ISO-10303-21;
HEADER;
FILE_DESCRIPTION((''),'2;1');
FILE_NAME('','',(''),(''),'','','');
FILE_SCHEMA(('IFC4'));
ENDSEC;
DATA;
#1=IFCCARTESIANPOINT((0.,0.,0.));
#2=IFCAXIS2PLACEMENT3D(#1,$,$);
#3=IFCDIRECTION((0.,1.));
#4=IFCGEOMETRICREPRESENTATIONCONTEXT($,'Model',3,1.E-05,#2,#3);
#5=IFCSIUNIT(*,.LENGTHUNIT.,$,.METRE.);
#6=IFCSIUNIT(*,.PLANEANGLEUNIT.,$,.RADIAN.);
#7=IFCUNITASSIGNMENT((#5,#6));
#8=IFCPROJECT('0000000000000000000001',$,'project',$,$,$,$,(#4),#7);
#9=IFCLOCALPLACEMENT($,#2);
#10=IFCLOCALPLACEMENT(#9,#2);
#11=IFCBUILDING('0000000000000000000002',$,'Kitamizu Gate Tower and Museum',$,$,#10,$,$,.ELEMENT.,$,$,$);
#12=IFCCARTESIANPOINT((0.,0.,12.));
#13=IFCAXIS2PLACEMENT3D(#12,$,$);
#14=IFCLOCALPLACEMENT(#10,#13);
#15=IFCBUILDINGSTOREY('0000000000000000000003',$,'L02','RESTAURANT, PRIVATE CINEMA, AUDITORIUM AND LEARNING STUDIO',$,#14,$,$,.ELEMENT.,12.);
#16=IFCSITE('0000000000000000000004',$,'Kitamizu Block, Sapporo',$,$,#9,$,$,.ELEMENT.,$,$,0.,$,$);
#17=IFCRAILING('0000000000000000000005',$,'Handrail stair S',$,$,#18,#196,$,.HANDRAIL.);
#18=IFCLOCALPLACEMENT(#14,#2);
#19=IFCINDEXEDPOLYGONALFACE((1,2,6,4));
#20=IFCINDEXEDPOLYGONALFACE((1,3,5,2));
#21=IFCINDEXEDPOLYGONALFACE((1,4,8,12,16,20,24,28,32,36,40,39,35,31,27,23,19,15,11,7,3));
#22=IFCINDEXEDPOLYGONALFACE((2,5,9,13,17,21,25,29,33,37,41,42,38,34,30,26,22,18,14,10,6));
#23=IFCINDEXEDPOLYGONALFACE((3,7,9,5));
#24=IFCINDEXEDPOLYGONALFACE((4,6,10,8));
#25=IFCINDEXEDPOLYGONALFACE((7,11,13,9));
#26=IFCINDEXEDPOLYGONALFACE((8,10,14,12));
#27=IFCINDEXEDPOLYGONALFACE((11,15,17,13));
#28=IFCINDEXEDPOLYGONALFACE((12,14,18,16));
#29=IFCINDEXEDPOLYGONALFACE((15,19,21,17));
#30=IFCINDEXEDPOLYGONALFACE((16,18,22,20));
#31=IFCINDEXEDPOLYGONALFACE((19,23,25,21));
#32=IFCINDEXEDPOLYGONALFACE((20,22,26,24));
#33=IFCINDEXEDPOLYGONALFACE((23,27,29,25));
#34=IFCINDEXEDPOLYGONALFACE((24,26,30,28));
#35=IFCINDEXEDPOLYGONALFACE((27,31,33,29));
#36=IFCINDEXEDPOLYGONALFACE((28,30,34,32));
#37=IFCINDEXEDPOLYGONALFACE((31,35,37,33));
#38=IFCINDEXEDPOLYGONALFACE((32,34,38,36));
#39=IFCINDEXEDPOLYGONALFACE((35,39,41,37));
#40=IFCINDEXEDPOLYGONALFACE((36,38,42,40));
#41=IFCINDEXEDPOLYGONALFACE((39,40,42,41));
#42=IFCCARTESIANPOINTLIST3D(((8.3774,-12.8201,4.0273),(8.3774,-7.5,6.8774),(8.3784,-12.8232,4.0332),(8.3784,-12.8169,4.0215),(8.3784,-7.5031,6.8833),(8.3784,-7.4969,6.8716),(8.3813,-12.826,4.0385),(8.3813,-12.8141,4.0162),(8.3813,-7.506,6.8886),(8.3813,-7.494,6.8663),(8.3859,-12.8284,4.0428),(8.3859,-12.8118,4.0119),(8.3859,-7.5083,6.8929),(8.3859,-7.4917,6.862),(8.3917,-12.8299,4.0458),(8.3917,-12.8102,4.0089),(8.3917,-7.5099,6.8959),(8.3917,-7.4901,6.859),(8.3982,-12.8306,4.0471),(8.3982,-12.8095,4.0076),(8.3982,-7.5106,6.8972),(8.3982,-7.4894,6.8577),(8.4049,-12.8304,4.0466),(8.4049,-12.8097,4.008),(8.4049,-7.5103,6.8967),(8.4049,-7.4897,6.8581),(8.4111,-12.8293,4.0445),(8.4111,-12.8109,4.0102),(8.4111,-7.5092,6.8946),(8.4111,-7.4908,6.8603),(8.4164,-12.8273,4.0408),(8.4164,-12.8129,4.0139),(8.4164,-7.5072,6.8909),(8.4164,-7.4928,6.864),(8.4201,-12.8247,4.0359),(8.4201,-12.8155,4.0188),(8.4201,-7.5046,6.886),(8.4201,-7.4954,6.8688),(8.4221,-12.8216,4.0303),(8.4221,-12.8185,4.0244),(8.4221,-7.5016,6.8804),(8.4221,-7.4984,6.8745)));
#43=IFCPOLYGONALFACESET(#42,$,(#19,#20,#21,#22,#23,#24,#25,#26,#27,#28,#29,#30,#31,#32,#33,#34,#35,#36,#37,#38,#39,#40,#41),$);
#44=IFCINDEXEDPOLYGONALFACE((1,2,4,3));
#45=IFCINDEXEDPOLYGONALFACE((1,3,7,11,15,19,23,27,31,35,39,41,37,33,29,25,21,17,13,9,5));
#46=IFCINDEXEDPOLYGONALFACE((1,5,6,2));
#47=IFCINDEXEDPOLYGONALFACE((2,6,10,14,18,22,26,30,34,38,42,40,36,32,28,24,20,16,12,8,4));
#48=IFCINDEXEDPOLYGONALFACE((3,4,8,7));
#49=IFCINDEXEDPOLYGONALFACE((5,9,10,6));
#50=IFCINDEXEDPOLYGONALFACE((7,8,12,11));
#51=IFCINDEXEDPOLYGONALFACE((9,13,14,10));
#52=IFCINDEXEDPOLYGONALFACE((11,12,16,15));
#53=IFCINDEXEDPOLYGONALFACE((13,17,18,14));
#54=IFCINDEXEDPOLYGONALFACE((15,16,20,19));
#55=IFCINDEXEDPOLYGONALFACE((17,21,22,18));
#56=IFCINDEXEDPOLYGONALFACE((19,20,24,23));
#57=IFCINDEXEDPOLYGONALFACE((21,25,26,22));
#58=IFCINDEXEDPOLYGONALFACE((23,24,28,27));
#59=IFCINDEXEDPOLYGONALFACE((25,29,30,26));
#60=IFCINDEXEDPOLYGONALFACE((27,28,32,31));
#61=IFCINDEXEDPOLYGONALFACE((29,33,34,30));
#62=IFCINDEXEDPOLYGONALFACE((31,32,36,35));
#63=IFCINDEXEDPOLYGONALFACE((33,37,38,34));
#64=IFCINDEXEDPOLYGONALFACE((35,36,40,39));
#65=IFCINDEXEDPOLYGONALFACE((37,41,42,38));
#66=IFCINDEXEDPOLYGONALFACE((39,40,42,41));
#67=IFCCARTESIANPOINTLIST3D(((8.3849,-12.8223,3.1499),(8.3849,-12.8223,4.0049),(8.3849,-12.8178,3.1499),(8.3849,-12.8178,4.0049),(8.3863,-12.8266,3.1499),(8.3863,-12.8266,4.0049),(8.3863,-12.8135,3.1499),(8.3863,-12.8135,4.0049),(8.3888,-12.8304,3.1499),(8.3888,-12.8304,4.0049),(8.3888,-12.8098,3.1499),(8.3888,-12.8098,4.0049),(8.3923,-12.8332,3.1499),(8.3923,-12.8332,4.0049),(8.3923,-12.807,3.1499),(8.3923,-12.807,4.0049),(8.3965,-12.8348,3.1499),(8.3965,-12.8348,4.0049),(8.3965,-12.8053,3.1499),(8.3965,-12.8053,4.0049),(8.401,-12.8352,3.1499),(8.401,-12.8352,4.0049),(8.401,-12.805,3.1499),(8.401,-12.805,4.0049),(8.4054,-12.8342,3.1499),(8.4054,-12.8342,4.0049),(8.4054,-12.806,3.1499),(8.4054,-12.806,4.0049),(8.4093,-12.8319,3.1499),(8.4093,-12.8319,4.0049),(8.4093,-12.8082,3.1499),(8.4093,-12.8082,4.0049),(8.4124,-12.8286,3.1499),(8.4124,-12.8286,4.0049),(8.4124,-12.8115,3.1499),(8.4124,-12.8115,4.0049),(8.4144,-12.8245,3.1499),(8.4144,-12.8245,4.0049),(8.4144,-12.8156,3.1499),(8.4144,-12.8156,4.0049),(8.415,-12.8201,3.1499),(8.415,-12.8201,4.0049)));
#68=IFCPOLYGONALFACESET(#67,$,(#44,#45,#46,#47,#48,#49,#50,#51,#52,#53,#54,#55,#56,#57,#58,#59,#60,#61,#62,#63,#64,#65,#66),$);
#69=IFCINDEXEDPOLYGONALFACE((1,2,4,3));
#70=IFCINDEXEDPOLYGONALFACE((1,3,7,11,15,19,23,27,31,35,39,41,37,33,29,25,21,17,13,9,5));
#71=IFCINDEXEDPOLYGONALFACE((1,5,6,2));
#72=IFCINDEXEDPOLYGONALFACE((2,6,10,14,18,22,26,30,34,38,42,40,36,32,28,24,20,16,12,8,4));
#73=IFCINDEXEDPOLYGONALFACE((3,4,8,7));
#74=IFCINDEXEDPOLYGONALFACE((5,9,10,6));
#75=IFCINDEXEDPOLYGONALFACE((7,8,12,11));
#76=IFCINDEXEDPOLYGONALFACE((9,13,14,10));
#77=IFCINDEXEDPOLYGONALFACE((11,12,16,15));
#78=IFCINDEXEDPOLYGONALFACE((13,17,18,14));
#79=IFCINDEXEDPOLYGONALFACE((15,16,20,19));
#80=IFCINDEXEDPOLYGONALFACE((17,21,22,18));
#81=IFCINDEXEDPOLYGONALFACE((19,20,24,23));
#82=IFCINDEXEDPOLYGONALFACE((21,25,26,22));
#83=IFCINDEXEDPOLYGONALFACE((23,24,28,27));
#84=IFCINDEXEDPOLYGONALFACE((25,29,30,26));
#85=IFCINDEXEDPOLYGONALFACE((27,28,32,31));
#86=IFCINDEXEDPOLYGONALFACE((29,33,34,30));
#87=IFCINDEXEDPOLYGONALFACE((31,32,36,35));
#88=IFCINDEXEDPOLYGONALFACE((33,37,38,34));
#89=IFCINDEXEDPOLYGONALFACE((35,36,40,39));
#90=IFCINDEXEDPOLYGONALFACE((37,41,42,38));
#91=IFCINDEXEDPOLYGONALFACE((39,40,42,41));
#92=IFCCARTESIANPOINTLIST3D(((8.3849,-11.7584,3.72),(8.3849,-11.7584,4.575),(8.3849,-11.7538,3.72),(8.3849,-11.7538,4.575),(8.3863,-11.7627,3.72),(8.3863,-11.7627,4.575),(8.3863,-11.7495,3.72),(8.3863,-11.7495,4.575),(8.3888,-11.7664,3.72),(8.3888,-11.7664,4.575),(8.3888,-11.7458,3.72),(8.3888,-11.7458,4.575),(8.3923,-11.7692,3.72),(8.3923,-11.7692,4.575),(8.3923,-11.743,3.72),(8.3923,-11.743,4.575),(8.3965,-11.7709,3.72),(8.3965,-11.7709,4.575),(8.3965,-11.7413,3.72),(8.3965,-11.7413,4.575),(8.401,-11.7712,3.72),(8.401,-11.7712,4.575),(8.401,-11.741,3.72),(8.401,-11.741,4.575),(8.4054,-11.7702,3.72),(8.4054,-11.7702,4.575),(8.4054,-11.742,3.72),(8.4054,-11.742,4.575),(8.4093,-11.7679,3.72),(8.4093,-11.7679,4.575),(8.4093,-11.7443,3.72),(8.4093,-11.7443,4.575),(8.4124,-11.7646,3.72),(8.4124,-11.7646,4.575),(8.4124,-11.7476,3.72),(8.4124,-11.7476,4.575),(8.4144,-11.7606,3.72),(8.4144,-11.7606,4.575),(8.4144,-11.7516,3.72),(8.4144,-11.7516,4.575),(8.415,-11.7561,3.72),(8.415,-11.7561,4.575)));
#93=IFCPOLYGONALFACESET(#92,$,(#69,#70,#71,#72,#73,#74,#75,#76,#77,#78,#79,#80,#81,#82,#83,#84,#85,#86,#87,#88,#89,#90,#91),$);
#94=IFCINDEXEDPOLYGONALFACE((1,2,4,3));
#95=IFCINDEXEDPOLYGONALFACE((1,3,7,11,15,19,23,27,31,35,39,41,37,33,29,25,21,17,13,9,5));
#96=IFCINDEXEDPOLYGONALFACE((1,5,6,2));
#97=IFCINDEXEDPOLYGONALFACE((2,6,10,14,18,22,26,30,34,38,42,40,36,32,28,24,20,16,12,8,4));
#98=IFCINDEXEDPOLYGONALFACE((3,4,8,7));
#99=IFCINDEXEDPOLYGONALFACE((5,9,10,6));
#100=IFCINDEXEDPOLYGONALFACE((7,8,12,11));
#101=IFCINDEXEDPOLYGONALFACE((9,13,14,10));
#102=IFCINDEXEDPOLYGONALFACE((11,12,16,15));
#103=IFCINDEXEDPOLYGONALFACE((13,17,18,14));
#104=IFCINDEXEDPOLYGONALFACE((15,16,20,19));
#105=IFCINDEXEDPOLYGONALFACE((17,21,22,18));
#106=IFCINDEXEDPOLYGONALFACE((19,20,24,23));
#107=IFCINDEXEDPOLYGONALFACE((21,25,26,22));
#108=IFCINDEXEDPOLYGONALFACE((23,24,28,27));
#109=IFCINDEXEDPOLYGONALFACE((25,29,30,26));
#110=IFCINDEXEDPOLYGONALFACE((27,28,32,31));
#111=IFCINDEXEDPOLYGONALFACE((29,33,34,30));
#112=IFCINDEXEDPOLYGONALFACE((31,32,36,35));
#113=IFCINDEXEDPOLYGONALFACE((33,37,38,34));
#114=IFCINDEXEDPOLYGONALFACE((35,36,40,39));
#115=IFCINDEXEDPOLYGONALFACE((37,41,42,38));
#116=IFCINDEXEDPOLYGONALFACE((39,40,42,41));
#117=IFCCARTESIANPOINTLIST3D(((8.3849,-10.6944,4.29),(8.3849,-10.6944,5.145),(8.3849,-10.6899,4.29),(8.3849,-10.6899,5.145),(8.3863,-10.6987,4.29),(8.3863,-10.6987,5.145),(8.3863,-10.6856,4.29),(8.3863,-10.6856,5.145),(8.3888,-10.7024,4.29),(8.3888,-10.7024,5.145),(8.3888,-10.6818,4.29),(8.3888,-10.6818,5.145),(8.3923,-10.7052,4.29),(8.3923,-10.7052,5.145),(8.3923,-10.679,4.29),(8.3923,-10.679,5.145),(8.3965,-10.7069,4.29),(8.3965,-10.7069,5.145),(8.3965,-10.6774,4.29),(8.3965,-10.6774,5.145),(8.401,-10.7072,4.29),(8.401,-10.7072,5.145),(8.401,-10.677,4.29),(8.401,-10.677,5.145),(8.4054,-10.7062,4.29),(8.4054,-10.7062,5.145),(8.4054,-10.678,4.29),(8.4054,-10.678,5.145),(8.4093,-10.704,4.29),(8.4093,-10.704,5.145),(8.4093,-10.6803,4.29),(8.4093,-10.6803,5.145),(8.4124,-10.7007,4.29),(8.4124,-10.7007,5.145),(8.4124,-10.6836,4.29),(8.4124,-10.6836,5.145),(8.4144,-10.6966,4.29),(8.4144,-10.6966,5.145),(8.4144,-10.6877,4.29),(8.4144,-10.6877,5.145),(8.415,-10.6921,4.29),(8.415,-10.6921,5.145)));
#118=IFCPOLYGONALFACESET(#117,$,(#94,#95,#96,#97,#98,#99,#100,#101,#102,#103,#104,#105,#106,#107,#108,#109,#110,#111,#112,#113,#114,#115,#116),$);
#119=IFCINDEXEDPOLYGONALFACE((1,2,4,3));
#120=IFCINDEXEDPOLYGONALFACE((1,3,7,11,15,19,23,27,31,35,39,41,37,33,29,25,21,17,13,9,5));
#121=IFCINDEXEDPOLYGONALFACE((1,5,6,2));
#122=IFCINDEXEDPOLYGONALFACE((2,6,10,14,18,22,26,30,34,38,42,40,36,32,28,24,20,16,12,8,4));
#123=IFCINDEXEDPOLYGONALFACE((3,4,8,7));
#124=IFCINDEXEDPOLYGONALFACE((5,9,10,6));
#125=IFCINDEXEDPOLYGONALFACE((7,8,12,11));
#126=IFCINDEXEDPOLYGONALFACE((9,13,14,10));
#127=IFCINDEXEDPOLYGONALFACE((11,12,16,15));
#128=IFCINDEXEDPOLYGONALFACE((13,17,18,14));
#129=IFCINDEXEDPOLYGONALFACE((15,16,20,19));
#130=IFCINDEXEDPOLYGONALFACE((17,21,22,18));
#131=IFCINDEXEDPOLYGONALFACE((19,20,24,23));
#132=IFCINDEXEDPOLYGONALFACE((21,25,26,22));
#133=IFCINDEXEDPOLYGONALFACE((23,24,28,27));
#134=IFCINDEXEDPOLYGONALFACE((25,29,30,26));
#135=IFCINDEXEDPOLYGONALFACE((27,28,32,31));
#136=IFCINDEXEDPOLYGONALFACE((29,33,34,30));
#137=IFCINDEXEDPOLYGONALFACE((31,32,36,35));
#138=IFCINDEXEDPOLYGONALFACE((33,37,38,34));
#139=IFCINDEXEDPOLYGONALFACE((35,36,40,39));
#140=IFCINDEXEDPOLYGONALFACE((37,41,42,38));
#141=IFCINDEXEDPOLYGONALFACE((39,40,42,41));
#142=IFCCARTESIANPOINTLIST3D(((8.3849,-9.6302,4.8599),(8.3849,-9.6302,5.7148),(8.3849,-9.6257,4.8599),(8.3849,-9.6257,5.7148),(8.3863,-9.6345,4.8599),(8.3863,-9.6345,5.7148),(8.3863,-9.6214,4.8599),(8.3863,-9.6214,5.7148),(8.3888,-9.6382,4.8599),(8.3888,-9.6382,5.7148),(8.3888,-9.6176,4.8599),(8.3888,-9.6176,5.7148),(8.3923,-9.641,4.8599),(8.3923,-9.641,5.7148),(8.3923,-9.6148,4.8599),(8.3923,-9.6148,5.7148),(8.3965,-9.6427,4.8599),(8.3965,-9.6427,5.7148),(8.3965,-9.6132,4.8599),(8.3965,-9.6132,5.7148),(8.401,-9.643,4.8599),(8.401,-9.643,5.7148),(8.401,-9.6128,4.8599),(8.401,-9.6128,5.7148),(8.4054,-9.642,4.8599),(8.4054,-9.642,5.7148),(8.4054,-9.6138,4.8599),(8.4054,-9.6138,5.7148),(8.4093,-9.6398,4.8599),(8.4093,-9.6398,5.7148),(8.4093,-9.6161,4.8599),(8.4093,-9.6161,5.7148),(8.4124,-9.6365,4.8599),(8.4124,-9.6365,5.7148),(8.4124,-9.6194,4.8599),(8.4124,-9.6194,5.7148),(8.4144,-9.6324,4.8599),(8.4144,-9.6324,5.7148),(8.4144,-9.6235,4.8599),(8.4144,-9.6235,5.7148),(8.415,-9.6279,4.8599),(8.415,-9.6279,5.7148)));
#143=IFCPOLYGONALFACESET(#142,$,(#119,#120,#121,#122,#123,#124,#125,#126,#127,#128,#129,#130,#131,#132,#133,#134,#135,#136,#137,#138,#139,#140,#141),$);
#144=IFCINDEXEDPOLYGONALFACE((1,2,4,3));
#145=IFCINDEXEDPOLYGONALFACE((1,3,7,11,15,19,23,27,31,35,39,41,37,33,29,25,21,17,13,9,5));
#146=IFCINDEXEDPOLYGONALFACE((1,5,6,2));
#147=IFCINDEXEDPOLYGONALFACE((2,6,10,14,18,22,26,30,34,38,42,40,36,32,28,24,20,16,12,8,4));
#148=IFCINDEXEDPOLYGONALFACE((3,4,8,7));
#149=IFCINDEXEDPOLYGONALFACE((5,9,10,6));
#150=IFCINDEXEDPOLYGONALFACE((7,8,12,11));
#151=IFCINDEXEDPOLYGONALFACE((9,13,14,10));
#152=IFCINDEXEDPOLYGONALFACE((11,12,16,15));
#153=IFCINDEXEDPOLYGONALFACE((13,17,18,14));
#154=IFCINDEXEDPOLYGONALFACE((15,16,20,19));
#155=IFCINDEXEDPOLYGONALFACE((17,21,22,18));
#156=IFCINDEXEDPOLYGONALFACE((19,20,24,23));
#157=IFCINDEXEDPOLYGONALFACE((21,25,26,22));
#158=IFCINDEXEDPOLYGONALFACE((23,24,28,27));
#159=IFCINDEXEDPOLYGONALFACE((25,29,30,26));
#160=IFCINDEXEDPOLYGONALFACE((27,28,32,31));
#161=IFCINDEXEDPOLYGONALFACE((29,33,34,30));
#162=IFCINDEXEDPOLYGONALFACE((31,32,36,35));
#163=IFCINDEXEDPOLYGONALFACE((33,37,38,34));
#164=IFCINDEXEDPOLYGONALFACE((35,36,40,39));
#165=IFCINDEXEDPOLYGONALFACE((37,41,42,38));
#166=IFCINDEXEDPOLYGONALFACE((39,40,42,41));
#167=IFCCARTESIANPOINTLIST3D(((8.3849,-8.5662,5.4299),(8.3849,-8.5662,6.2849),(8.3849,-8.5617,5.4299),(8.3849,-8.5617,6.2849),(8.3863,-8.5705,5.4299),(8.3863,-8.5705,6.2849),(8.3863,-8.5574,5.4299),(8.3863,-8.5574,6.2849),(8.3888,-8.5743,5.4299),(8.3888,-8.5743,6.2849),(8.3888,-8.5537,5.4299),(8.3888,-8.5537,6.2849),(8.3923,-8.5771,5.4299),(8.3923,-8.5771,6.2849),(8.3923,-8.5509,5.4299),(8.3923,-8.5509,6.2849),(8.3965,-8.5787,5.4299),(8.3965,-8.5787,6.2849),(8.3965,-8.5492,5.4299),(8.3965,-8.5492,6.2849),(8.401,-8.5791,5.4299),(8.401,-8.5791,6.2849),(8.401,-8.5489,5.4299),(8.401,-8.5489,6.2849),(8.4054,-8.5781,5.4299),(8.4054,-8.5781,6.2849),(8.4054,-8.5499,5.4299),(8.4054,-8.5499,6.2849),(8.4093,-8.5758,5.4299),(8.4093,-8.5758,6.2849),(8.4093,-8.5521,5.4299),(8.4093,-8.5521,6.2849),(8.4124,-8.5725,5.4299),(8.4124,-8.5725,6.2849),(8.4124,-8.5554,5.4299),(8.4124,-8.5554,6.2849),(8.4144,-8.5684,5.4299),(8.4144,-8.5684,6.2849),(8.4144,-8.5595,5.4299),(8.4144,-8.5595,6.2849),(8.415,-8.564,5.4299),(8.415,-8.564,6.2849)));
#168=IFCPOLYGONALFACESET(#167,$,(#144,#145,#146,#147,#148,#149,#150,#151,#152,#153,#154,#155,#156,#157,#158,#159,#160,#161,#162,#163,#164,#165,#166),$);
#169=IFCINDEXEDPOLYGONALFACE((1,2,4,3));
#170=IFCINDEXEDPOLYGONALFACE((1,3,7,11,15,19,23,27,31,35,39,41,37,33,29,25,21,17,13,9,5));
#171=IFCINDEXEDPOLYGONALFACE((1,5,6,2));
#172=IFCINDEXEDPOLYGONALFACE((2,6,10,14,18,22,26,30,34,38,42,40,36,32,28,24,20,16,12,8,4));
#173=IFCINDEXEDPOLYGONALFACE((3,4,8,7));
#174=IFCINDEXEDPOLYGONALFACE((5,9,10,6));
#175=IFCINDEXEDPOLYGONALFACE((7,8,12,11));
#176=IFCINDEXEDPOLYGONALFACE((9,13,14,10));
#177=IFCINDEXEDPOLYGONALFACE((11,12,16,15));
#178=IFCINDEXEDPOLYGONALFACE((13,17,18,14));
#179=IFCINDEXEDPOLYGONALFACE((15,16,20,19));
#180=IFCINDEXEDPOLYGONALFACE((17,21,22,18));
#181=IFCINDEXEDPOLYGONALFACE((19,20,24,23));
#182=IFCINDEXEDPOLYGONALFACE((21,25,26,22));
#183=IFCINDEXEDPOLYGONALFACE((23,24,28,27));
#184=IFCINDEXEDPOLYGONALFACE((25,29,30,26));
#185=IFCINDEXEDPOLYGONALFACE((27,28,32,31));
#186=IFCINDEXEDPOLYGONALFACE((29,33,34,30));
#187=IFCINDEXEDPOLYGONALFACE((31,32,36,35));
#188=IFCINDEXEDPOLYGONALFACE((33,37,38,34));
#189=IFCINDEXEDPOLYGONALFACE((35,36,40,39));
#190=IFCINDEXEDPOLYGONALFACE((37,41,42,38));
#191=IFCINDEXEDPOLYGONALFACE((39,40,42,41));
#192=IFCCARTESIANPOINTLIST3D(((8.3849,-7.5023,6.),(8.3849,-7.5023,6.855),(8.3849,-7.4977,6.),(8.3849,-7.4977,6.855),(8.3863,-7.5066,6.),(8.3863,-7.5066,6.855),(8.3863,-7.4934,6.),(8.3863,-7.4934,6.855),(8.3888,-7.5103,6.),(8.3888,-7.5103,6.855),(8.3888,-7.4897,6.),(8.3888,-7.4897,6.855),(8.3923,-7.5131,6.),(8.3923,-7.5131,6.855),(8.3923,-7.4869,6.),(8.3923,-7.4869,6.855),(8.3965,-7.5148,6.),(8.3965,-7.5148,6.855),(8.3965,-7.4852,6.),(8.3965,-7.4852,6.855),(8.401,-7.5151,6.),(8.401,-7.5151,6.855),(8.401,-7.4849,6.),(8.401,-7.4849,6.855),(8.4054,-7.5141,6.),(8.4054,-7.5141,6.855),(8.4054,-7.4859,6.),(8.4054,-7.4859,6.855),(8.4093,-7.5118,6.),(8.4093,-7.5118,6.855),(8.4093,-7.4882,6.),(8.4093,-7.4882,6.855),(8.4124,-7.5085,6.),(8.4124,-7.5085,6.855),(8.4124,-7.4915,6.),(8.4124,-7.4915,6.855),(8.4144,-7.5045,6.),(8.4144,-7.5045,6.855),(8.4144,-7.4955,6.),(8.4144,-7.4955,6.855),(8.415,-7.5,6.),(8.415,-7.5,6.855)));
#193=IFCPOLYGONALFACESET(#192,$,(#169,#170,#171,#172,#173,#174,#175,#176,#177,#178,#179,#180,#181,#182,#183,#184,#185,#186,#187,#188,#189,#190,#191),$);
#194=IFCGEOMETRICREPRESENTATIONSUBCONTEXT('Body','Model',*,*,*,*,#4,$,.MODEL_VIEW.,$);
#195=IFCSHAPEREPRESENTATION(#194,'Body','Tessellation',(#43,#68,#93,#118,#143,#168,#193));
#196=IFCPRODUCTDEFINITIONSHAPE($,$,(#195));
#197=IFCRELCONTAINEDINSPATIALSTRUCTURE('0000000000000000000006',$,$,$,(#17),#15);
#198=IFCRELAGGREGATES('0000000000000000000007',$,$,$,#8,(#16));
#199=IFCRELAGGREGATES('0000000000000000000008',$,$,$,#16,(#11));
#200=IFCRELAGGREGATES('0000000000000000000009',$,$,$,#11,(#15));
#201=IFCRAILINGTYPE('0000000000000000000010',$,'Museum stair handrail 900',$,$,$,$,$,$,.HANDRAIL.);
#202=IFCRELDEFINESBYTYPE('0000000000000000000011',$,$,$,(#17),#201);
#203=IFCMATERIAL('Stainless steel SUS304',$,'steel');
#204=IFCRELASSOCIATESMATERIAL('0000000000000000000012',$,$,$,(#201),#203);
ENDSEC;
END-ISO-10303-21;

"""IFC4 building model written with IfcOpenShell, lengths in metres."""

from ifc_helpers import new_model, si_unit, direction, frame, origin, origin_2d, place, context, subcontext, project, spatial, circle, extrude, material, type_object, element, save


model = new_model("IFC4")

# Units and contexts
model_context = context("Model", 3, precision=1e-05, world=origin(), true_north=direction((0.0, 1.0)))
body_context = subcontext(model_context, "Body", "Model", "MODEL_VIEW")
ifc_project = project(units=[si_unit("LENGTHUNIT", "METRE"), si_unit("PLANEANGLEUNIT", "RADIAN")], contexts=[model_context])

# Site, building, storey
site_placement = place(None, origin())
site = spatial("IfcSite", under=ifc_project, at=site_placement, Name="Kitamizu Block, Sapporo", CompositionType="ELEMENT", RefElevation=0.0)
building_placement = place(site_placement, origin())
building = spatial("IfcBuilding", under=site, at=building_placement, Name="Kitamizu Gate Tower and Museum", CompositionType="ELEMENT")
storey_placement = place(building_placement, frame((0.0, 0.0, 12.0)))
storey = spatial("IfcBuildingStorey", under=building, at=storey_placement, Name="L02", Description="RESTAURANT, PRIVATE CINEMA, AUDITORIUM AND LEARNING STUDIO", CompositionType="ELEMENT", Elevation=12.0)

# Railing
ifc_material_1 = material(Name="Stainless steel SUS304", Category="steel")
railing_type = type_object("IfcRailingType", Name="Museum stair handrail 900", PredefinedType="HANDRAIL", material=ifc_material_1)
for number, where, name in (
    (1, (8.3999, -12.8201, 3.1499), "Handrail stair S"),
):
    element("IfcRailing", number, at=place(storey_placement, frame(where)), inside=storey, type_object=railing_type, Name=name, PredefinedType="HANDRAIL", context=body_context, shape_type="SweptSolid", body=[
        extrude(circle(Radius=0.0225, at=origin_2d()), frame((0.0, 0.0, 0.8774), z_axis=(0.0, 0.881476, 0.472229), x_axis=(-1.0, 0.0, 0.0)), (0.0, 0.0, 1.0), 6.0354),
        extrude(circle(Radius=0.0151, at=origin_2d()), origin(), (0.0, 0.0, 1.0), 0.855),
        extrude(circle(Radius=0.0151, at=origin_2d()), frame((0.0, 1.064, 0.5701)), (0.0, 0.0, 1.0), 0.855),
        extrude(circle(Radius=0.0151, at=origin_2d()), frame((0.0, 2.1279, 1.1401)), (0.0, 0.0, 1.0), 0.855),
        extrude(circle(Radius=0.0151, at=origin_2d()), frame((0.0, 3.1921, 1.71)), (0.0, 0.0, 1.0), 0.855),
        extrude(circle(Radius=0.0151, at=origin_2d()), frame((0.0, 4.2561, 2.28)), (0.0, 0.0, 1.0), 0.855),
        extrude(circle(Radius=0.0151, at=origin_2d()), frame((0.0, 5.3201, 2.8501)), (0.0, 0.0, 1.0), 0.855),
    ])

save(model, "model.ifc")
